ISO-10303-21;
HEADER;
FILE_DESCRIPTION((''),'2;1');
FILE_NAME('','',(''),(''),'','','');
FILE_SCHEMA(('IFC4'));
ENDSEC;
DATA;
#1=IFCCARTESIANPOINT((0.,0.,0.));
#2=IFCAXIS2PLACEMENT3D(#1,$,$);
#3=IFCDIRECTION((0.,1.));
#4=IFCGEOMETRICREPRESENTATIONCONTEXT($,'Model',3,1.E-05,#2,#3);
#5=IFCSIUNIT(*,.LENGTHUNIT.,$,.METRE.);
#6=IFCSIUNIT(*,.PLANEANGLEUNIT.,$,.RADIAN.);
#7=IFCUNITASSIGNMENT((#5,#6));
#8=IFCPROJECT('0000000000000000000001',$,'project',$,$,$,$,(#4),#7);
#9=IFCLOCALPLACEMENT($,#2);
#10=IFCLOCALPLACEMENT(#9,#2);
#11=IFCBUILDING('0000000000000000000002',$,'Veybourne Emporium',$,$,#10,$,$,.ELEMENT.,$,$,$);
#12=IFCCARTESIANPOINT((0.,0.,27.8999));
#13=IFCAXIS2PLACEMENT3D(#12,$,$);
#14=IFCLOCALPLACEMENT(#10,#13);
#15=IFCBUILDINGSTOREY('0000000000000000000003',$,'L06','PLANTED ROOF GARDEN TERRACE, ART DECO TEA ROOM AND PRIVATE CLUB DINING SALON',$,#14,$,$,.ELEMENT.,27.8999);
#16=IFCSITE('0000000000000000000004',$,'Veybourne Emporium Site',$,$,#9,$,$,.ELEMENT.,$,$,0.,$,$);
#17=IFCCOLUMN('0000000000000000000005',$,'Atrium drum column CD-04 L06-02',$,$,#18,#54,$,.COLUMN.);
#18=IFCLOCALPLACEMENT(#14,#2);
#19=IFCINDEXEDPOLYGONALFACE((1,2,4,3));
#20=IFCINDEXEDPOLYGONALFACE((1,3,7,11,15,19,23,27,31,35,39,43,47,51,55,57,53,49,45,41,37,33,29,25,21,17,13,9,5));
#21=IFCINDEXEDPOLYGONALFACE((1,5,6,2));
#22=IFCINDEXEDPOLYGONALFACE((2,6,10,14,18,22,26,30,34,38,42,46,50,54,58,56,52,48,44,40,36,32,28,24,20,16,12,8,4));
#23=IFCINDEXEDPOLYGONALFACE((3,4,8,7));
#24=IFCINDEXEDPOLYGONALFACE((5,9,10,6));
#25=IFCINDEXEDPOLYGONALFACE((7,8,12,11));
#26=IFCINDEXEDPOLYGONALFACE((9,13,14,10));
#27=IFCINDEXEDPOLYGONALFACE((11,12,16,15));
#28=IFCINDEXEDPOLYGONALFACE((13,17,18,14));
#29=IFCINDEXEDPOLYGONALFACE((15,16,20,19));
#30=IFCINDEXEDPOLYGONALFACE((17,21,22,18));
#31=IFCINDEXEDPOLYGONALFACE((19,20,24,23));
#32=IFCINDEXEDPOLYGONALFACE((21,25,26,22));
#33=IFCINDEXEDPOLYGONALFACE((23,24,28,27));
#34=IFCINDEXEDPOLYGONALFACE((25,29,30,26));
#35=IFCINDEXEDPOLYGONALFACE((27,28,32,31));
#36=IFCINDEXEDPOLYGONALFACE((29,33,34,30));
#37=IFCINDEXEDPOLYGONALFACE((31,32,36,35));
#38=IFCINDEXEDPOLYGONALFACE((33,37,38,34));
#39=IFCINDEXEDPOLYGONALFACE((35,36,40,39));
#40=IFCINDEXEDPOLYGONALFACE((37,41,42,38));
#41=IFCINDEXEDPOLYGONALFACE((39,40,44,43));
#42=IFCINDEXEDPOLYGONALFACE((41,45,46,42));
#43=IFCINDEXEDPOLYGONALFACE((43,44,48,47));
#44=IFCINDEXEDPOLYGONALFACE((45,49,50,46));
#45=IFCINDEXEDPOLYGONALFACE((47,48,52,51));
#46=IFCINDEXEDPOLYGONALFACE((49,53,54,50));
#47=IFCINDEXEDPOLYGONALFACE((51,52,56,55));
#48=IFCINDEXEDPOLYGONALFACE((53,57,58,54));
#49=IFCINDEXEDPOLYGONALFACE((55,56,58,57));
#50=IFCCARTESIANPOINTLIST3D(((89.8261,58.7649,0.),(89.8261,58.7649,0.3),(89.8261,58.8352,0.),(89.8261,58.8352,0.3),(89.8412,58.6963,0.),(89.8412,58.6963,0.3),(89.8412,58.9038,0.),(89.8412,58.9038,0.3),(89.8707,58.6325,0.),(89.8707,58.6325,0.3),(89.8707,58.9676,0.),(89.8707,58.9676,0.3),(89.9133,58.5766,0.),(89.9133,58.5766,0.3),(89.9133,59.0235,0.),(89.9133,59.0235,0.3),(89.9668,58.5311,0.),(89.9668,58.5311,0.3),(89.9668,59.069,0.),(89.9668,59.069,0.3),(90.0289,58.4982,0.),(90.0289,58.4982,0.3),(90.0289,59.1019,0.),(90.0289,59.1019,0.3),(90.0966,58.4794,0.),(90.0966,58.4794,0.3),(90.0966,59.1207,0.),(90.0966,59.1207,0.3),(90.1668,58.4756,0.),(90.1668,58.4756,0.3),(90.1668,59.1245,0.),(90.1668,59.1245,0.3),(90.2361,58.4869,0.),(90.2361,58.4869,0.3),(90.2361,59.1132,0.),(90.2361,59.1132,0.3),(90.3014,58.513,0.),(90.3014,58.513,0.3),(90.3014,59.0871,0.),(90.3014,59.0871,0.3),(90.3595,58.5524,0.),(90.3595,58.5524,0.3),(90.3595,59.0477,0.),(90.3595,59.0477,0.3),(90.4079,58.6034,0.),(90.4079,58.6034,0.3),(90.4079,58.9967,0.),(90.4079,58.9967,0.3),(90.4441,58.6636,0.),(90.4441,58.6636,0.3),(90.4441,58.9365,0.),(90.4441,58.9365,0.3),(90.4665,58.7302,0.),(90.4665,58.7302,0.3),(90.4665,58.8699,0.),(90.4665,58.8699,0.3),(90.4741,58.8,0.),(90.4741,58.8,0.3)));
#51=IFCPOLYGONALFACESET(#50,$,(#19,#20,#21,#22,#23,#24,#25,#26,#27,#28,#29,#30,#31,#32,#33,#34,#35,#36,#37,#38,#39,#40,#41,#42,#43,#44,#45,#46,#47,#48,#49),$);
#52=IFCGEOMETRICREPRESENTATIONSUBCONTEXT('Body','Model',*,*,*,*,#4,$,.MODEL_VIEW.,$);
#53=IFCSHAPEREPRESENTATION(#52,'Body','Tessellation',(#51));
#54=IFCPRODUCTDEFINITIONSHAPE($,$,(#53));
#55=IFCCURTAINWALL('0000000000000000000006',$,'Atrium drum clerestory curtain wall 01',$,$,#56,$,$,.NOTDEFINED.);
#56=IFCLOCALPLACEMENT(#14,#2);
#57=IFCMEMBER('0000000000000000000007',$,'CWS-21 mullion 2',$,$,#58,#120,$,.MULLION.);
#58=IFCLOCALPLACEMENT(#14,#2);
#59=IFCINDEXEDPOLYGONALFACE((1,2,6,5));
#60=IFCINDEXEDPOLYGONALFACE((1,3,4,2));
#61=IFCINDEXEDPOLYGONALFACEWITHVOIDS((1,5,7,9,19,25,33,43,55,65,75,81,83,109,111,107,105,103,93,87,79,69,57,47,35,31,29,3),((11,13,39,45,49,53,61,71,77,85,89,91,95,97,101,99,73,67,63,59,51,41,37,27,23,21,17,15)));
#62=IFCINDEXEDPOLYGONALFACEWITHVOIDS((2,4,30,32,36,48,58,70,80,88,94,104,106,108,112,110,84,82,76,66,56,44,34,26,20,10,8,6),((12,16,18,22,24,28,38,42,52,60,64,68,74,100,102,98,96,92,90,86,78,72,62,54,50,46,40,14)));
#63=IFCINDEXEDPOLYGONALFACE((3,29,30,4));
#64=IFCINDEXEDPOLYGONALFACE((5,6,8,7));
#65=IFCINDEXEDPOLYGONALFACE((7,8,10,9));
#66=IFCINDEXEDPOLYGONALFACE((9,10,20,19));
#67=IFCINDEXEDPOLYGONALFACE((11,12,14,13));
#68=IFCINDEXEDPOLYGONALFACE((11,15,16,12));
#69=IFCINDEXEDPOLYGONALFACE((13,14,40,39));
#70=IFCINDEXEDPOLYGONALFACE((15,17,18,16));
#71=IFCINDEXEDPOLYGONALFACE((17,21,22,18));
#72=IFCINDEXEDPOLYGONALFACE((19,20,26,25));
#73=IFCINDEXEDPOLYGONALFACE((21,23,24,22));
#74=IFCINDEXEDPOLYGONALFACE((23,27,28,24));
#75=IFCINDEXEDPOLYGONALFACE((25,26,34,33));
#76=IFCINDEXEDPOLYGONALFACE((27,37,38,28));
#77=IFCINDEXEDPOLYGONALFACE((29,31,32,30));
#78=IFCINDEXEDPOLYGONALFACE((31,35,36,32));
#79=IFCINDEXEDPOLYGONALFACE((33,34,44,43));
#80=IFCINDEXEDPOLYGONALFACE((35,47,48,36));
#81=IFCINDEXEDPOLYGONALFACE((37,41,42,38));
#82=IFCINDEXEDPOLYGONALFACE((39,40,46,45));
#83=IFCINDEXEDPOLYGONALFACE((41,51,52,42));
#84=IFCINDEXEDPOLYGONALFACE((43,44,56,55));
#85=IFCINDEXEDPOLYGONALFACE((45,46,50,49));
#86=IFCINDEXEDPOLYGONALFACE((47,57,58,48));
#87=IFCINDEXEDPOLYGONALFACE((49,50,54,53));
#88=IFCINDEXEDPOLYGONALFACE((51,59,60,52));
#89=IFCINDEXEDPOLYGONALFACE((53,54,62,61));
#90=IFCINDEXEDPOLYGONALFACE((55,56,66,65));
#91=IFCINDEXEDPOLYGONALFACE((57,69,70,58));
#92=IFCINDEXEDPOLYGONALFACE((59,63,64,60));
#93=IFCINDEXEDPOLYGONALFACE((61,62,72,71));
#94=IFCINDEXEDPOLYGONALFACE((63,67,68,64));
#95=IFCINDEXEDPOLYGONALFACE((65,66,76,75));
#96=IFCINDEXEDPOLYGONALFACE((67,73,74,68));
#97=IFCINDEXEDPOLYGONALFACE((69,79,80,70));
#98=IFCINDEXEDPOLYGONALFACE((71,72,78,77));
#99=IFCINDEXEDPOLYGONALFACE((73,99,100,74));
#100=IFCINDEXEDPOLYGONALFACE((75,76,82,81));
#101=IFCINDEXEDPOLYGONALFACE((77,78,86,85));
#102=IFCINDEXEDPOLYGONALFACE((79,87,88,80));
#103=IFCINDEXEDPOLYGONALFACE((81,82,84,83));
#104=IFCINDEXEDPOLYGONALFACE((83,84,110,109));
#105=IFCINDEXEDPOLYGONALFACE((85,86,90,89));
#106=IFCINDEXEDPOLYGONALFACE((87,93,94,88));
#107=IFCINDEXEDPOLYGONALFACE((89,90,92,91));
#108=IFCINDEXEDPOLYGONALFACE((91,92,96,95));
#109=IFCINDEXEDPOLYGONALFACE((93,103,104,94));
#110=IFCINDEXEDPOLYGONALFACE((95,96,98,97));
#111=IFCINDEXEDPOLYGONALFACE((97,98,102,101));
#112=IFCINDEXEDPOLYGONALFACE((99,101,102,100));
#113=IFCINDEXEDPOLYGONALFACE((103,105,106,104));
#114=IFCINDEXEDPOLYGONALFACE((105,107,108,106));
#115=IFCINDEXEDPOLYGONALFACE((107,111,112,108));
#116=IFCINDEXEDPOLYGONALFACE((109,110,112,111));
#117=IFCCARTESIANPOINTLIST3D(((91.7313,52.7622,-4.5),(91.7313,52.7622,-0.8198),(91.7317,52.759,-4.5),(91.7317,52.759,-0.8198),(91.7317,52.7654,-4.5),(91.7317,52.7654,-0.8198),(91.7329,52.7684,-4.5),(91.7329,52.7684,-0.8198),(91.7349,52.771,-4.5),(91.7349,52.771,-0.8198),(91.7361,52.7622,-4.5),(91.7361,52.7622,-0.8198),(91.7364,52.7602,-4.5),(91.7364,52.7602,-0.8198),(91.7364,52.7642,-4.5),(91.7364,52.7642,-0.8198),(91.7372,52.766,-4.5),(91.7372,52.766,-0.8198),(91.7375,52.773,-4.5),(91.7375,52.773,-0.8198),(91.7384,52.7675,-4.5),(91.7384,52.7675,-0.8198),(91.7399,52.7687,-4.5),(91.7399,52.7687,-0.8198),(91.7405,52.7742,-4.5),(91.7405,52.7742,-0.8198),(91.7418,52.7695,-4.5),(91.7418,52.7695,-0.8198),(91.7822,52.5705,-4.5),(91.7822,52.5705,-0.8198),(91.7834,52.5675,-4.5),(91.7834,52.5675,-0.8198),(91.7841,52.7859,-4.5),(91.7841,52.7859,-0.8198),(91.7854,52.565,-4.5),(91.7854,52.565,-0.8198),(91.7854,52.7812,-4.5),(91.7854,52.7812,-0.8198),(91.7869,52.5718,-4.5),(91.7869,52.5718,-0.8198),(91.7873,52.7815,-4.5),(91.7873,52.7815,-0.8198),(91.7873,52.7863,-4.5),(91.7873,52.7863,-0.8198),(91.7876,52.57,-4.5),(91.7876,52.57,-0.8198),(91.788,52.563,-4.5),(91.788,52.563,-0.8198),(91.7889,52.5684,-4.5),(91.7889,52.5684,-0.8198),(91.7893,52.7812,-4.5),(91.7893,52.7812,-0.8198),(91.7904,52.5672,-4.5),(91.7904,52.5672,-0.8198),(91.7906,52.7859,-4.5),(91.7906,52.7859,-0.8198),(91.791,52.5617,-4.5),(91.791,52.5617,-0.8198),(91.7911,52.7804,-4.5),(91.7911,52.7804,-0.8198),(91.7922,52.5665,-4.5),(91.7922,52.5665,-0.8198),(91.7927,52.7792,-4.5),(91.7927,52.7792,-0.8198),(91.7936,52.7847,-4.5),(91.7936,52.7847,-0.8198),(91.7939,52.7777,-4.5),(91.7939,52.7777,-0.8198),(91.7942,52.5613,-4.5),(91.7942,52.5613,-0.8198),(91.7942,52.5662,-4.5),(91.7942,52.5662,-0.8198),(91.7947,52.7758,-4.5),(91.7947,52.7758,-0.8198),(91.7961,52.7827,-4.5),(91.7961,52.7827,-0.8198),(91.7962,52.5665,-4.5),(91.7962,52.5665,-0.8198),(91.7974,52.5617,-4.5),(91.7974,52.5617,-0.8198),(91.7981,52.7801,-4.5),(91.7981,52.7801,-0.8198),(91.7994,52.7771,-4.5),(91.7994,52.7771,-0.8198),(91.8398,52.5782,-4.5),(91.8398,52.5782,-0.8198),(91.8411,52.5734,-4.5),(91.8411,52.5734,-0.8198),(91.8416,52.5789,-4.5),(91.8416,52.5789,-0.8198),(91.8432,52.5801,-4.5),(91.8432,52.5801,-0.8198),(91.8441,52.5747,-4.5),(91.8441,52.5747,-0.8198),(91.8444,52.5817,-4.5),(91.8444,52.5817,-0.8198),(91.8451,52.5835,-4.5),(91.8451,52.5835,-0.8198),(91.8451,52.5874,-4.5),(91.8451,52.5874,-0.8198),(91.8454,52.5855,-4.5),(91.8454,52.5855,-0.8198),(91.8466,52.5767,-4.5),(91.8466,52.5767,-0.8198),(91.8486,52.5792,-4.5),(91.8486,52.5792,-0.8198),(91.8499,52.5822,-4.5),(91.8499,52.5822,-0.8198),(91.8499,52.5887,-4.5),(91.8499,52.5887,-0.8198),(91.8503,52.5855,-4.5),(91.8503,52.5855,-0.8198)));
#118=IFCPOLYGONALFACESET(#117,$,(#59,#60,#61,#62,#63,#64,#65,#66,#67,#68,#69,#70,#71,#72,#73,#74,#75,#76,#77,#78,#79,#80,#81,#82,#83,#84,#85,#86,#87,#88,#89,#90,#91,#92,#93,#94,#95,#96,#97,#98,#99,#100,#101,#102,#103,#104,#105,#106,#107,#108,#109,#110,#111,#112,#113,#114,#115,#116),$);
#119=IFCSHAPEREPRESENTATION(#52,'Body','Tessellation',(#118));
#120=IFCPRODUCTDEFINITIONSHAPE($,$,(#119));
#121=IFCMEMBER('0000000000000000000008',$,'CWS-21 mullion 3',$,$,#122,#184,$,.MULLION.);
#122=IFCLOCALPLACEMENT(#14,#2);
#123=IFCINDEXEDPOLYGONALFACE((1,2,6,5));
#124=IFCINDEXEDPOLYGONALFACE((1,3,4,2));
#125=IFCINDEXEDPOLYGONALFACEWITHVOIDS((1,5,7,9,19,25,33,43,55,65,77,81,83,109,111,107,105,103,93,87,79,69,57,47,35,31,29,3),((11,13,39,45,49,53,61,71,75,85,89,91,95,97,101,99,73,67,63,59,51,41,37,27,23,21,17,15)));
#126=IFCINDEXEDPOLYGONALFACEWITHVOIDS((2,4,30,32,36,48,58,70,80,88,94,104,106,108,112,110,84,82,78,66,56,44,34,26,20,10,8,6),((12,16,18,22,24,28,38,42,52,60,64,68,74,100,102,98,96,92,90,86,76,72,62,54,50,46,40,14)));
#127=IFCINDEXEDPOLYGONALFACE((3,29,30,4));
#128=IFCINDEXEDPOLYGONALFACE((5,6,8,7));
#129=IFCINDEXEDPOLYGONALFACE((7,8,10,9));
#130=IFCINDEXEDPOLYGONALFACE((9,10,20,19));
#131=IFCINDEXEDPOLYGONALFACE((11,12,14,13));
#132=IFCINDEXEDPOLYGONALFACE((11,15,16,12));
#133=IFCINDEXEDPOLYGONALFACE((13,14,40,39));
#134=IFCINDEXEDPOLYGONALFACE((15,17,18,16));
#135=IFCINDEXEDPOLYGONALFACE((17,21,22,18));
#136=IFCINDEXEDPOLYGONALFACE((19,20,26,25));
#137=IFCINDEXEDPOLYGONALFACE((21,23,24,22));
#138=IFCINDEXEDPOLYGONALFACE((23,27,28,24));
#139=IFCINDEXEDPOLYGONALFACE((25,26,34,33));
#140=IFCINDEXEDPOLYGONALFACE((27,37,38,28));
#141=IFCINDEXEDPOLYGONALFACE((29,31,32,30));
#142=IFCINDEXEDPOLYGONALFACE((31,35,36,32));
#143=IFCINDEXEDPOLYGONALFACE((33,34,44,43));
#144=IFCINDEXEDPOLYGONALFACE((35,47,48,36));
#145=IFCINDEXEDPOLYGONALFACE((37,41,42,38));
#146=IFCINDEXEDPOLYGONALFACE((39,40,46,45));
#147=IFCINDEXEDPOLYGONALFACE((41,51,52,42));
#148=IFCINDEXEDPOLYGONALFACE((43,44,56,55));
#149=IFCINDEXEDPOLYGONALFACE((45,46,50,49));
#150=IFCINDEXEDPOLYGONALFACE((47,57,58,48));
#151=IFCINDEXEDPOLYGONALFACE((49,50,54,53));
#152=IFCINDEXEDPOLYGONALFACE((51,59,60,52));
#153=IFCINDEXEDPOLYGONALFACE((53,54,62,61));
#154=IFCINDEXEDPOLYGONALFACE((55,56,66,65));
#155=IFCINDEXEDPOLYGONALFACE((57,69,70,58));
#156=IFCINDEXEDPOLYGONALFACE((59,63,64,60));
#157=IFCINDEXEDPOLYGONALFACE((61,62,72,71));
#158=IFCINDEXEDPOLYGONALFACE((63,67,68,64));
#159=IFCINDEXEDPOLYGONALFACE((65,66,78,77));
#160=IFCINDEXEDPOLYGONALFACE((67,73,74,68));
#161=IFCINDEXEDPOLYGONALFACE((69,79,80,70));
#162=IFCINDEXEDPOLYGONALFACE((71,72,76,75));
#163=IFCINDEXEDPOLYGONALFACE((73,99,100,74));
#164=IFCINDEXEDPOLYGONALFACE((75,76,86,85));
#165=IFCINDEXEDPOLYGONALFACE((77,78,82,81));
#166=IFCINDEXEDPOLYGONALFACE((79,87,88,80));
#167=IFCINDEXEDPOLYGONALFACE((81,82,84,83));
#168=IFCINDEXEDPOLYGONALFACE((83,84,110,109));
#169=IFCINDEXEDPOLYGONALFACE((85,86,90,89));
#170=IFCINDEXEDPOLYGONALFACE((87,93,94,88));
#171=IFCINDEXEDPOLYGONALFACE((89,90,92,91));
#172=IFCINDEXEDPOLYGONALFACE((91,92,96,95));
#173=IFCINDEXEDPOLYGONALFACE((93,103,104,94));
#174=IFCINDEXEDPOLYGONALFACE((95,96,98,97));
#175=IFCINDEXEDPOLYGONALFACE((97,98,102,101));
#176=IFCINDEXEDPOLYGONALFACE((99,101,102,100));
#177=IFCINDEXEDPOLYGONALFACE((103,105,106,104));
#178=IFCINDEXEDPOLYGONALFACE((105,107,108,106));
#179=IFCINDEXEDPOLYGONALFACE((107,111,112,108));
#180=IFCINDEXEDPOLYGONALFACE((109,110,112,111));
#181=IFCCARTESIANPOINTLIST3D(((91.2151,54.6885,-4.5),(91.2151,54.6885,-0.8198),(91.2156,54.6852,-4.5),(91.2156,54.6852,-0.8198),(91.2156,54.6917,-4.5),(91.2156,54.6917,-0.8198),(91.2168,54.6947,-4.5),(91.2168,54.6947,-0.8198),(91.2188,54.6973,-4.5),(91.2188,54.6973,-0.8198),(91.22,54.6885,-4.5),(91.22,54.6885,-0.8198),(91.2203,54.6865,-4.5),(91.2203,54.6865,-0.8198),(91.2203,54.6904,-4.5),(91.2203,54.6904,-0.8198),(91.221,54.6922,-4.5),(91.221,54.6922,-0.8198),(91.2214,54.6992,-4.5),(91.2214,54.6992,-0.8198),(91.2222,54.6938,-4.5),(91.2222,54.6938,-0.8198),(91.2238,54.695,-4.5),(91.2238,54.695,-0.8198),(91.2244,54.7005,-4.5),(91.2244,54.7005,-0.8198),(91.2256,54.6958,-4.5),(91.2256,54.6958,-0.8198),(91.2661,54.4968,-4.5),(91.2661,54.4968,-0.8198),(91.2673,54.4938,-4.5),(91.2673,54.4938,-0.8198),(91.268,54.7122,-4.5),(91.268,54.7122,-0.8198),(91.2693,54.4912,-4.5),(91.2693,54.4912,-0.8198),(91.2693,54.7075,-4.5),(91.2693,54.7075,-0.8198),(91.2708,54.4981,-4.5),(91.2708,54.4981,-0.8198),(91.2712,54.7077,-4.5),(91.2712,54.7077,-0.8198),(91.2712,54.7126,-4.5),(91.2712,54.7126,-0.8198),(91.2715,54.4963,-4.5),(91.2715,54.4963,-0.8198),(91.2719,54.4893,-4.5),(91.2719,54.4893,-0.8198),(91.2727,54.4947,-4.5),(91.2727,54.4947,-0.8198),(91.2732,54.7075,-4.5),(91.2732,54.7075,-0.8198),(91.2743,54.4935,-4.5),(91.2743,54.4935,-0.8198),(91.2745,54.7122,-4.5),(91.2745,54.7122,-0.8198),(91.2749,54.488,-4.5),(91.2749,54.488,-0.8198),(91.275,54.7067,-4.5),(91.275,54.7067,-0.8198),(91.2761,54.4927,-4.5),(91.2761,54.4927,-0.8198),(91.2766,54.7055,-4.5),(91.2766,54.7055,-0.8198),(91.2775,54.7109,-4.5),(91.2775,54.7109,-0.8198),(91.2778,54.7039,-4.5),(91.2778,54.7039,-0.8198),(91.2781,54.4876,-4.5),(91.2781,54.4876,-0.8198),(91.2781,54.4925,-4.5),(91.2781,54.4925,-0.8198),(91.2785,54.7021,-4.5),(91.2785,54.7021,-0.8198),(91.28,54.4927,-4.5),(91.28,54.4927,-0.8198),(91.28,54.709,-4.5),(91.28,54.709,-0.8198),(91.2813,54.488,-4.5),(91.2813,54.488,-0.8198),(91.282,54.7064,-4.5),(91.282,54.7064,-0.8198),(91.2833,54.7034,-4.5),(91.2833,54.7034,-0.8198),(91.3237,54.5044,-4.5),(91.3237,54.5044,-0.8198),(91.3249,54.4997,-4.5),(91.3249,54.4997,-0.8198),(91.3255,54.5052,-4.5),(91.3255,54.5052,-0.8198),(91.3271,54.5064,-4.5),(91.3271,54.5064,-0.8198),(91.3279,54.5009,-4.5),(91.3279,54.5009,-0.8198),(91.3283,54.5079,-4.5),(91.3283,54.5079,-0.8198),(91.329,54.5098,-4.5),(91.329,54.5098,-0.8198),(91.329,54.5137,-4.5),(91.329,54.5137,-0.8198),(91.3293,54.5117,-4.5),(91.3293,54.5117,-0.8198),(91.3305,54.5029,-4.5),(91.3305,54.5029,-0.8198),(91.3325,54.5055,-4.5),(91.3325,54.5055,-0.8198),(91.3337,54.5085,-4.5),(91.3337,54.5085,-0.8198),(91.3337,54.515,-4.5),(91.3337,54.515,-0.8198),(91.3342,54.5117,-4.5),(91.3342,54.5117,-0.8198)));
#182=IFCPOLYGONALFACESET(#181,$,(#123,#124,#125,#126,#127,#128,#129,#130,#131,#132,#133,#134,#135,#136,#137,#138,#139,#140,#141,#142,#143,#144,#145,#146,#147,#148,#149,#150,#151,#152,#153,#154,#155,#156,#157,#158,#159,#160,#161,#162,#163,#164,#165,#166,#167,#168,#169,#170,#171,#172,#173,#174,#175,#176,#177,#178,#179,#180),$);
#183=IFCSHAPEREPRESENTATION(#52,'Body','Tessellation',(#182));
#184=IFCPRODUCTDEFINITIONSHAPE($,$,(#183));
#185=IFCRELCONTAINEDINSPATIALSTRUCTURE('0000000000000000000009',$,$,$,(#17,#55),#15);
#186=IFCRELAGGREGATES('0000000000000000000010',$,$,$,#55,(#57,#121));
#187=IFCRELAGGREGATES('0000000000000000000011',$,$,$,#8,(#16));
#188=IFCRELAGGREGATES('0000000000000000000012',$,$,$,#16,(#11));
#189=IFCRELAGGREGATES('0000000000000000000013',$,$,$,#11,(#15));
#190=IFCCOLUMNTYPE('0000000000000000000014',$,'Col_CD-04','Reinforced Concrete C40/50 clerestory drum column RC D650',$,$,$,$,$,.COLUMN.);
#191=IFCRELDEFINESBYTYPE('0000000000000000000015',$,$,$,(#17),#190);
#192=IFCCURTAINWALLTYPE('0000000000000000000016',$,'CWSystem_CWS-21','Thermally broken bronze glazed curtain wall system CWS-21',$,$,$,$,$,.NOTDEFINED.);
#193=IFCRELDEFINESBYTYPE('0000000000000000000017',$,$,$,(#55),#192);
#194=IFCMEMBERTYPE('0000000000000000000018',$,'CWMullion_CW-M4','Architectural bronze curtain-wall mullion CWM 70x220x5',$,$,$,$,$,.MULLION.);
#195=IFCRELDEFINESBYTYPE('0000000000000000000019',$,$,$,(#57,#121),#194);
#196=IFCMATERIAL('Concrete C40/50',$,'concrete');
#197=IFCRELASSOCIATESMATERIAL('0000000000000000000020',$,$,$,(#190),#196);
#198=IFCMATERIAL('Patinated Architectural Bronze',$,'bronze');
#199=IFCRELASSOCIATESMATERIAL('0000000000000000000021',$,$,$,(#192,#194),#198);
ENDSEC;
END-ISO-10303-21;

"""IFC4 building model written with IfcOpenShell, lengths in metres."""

from ifc_helpers import new_model, si_unit, direction, frame, origin, origin_2d, place, context, subcontext, project, spatial, hollow_rectangle, circle, extrude, material, material_profile, profile_set, type_object, element, aggregate, save


model = new_model("IFC4")

# Units and contexts
model_context = context("Model", 3, precision=1e-05, world=origin(), true_north=direction((0.0, 1.0)))
body_context = subcontext(model_context, "Body", "Model", "MODEL_VIEW")
ifc_project = project(units=[si_unit("LENGTHUNIT", "METRE"), si_unit("PLANEANGLEUNIT", "RADIAN")], contexts=[model_context])

# Site, building, storey
site_placement = place(None, origin())
site = spatial("IfcSite", under=ifc_project, at=site_placement, Name="Veybourne Emporium Site", CompositionType="ELEMENT", RefElevation=0.0)
building_placement = place(site_placement, origin())
building = spatial("IfcBuilding", under=site, at=building_placement, Name="Veybourne Emporium", CompositionType="ELEMENT")
storey_placement = place(building_placement, frame((0.0, 0.0, 27.8999)))
storey = spatial("IfcBuildingStorey", under=building, at=storey_placement, Name="L06", Description="PLANTED ROOF GARDEN TERRACE, ART DECO TEA ROOM AND PRIVATE CLUB DINING SALON", CompositionType="ELEMENT", Elevation=27.8999)

# Column
ifc_material_1 = material(Name="Concrete C40/50", Category="concrete")
ifc_material_profile_1 = material_profile(ifc_material_1, circle(Radius=0.325, at=origin_2d()), Name="RC D650")
ifc_profile_set_1 = profile_set([ifc_material_profile_1], Name="Concrete C40/50")
column_type = type_object("IfcColumnType", Name="Col_CD-04", Description="Reinforced Concrete C40/50 clerestory drum column RC D650", PredefinedType="COLUMN", material=ifc_profile_set_1)
column_placement = place(storey_placement, frame((90.1492, 58.8, 0.0), z_axis=(0.0, 0.0, 1.0), x_axis=(1.0, 0.0, 0.0)))
element("IfcColumn", 1, at=column_placement, inside=storey, type_object=column_type, Name="Atrium drum column CD-04 L06-02", PredefinedType="COLUMN", context=body_context, shape_type="SweptSolid", body=[
    extrude(circle(Radius=0.325, at=origin_2d()), origin(), (0.0, 0.0, 1.0), 0.3),
])

# Curtain wall, members
ifc_material_2 = material(Name="Patinated Architectural Bronze", Category="bronze")
curtain_wall_type_1 = type_object("IfcCurtainWallType", Name="CWSystem_CWS-21", Description="Thermally broken bronze glazed curtain wall system CWS-21", PredefinedType="NOTDEFINED", material=ifc_material_2)
curtain_wall_1_placement = place(storey_placement, origin())
curtain_wall_1 = element("IfcCurtainWall", 2, at=curtain_wall_1_placement, inside=storey, type_object=curtain_wall_type_1, Name="Atrium drum clerestory curtain wall 01", PredefinedType="NOTDEFINED")
ifc_material_profile_2 = material_profile(ifc_material_2, hollow_rectangle(XDim=0.0701, YDim=0.22, WallThickness=0.0049, InnerFilletRadius=0.0076, OuterFilletRadius=0.0125, at=origin_2d()), Name="CWM 70x220x5")
ifc_profile_set_2 = profile_set([ifc_material_profile_2], Name="Patinated Architectural Bronze")
member_type_1 = type_object("IfcMemberType", Name="CWMullion_CW-M4", Description="Architectural bronze curtain-wall mullion CWM 70x220x5", PredefinedType="MULLION", material=ifc_profile_set_2)
member_1_placement = place(storey_placement, frame((91.7908, 52.6738, -4.5), z_axis=(0.0, 0.0, 1.0), x_axis=(-0.965926, -0.25882, 0.0)))
member_1 = element("IfcMember", 3, at=member_1_placement, type_object=member_type_1, Name="CWS-21 mullion 2", PredefinedType="MULLION", context=body_context, shape_type="SweptSolid", body=[
    extrude(hollow_rectangle(XDim=0.0701, YDim=0.22, WallThickness=0.0049, InnerFilletRadius=0.0076, OuterFilletRadius=0.0125, at=origin_2d()), origin(), (0.0, 0.0, 1.0), 3.6802),
])
member_2_placement = place(storey_placement, frame((91.2747, 54.6001, -4.5), z_axis=(0.0, 0.0, 1.0), x_axis=(-0.965926, -0.25882, 0.0)))
member_2 = element("IfcMember", 4, at=member_2_placement, type_object=member_type_1, Name="CWS-21 mullion 3", PredefinedType="MULLION", context=body_context, shape_type="SweptSolid", body=[
    extrude(hollow_rectangle(XDim=0.0701, YDim=0.22, WallThickness=0.0049, InnerFilletRadius=0.0076, OuterFilletRadius=0.0125, at=origin_2d()), origin(), (0.0, 0.0, 1.0), 3.6802),
])

aggregate(curtain_wall_1, [member_1, member_2])

save(model, "model.ifc")
